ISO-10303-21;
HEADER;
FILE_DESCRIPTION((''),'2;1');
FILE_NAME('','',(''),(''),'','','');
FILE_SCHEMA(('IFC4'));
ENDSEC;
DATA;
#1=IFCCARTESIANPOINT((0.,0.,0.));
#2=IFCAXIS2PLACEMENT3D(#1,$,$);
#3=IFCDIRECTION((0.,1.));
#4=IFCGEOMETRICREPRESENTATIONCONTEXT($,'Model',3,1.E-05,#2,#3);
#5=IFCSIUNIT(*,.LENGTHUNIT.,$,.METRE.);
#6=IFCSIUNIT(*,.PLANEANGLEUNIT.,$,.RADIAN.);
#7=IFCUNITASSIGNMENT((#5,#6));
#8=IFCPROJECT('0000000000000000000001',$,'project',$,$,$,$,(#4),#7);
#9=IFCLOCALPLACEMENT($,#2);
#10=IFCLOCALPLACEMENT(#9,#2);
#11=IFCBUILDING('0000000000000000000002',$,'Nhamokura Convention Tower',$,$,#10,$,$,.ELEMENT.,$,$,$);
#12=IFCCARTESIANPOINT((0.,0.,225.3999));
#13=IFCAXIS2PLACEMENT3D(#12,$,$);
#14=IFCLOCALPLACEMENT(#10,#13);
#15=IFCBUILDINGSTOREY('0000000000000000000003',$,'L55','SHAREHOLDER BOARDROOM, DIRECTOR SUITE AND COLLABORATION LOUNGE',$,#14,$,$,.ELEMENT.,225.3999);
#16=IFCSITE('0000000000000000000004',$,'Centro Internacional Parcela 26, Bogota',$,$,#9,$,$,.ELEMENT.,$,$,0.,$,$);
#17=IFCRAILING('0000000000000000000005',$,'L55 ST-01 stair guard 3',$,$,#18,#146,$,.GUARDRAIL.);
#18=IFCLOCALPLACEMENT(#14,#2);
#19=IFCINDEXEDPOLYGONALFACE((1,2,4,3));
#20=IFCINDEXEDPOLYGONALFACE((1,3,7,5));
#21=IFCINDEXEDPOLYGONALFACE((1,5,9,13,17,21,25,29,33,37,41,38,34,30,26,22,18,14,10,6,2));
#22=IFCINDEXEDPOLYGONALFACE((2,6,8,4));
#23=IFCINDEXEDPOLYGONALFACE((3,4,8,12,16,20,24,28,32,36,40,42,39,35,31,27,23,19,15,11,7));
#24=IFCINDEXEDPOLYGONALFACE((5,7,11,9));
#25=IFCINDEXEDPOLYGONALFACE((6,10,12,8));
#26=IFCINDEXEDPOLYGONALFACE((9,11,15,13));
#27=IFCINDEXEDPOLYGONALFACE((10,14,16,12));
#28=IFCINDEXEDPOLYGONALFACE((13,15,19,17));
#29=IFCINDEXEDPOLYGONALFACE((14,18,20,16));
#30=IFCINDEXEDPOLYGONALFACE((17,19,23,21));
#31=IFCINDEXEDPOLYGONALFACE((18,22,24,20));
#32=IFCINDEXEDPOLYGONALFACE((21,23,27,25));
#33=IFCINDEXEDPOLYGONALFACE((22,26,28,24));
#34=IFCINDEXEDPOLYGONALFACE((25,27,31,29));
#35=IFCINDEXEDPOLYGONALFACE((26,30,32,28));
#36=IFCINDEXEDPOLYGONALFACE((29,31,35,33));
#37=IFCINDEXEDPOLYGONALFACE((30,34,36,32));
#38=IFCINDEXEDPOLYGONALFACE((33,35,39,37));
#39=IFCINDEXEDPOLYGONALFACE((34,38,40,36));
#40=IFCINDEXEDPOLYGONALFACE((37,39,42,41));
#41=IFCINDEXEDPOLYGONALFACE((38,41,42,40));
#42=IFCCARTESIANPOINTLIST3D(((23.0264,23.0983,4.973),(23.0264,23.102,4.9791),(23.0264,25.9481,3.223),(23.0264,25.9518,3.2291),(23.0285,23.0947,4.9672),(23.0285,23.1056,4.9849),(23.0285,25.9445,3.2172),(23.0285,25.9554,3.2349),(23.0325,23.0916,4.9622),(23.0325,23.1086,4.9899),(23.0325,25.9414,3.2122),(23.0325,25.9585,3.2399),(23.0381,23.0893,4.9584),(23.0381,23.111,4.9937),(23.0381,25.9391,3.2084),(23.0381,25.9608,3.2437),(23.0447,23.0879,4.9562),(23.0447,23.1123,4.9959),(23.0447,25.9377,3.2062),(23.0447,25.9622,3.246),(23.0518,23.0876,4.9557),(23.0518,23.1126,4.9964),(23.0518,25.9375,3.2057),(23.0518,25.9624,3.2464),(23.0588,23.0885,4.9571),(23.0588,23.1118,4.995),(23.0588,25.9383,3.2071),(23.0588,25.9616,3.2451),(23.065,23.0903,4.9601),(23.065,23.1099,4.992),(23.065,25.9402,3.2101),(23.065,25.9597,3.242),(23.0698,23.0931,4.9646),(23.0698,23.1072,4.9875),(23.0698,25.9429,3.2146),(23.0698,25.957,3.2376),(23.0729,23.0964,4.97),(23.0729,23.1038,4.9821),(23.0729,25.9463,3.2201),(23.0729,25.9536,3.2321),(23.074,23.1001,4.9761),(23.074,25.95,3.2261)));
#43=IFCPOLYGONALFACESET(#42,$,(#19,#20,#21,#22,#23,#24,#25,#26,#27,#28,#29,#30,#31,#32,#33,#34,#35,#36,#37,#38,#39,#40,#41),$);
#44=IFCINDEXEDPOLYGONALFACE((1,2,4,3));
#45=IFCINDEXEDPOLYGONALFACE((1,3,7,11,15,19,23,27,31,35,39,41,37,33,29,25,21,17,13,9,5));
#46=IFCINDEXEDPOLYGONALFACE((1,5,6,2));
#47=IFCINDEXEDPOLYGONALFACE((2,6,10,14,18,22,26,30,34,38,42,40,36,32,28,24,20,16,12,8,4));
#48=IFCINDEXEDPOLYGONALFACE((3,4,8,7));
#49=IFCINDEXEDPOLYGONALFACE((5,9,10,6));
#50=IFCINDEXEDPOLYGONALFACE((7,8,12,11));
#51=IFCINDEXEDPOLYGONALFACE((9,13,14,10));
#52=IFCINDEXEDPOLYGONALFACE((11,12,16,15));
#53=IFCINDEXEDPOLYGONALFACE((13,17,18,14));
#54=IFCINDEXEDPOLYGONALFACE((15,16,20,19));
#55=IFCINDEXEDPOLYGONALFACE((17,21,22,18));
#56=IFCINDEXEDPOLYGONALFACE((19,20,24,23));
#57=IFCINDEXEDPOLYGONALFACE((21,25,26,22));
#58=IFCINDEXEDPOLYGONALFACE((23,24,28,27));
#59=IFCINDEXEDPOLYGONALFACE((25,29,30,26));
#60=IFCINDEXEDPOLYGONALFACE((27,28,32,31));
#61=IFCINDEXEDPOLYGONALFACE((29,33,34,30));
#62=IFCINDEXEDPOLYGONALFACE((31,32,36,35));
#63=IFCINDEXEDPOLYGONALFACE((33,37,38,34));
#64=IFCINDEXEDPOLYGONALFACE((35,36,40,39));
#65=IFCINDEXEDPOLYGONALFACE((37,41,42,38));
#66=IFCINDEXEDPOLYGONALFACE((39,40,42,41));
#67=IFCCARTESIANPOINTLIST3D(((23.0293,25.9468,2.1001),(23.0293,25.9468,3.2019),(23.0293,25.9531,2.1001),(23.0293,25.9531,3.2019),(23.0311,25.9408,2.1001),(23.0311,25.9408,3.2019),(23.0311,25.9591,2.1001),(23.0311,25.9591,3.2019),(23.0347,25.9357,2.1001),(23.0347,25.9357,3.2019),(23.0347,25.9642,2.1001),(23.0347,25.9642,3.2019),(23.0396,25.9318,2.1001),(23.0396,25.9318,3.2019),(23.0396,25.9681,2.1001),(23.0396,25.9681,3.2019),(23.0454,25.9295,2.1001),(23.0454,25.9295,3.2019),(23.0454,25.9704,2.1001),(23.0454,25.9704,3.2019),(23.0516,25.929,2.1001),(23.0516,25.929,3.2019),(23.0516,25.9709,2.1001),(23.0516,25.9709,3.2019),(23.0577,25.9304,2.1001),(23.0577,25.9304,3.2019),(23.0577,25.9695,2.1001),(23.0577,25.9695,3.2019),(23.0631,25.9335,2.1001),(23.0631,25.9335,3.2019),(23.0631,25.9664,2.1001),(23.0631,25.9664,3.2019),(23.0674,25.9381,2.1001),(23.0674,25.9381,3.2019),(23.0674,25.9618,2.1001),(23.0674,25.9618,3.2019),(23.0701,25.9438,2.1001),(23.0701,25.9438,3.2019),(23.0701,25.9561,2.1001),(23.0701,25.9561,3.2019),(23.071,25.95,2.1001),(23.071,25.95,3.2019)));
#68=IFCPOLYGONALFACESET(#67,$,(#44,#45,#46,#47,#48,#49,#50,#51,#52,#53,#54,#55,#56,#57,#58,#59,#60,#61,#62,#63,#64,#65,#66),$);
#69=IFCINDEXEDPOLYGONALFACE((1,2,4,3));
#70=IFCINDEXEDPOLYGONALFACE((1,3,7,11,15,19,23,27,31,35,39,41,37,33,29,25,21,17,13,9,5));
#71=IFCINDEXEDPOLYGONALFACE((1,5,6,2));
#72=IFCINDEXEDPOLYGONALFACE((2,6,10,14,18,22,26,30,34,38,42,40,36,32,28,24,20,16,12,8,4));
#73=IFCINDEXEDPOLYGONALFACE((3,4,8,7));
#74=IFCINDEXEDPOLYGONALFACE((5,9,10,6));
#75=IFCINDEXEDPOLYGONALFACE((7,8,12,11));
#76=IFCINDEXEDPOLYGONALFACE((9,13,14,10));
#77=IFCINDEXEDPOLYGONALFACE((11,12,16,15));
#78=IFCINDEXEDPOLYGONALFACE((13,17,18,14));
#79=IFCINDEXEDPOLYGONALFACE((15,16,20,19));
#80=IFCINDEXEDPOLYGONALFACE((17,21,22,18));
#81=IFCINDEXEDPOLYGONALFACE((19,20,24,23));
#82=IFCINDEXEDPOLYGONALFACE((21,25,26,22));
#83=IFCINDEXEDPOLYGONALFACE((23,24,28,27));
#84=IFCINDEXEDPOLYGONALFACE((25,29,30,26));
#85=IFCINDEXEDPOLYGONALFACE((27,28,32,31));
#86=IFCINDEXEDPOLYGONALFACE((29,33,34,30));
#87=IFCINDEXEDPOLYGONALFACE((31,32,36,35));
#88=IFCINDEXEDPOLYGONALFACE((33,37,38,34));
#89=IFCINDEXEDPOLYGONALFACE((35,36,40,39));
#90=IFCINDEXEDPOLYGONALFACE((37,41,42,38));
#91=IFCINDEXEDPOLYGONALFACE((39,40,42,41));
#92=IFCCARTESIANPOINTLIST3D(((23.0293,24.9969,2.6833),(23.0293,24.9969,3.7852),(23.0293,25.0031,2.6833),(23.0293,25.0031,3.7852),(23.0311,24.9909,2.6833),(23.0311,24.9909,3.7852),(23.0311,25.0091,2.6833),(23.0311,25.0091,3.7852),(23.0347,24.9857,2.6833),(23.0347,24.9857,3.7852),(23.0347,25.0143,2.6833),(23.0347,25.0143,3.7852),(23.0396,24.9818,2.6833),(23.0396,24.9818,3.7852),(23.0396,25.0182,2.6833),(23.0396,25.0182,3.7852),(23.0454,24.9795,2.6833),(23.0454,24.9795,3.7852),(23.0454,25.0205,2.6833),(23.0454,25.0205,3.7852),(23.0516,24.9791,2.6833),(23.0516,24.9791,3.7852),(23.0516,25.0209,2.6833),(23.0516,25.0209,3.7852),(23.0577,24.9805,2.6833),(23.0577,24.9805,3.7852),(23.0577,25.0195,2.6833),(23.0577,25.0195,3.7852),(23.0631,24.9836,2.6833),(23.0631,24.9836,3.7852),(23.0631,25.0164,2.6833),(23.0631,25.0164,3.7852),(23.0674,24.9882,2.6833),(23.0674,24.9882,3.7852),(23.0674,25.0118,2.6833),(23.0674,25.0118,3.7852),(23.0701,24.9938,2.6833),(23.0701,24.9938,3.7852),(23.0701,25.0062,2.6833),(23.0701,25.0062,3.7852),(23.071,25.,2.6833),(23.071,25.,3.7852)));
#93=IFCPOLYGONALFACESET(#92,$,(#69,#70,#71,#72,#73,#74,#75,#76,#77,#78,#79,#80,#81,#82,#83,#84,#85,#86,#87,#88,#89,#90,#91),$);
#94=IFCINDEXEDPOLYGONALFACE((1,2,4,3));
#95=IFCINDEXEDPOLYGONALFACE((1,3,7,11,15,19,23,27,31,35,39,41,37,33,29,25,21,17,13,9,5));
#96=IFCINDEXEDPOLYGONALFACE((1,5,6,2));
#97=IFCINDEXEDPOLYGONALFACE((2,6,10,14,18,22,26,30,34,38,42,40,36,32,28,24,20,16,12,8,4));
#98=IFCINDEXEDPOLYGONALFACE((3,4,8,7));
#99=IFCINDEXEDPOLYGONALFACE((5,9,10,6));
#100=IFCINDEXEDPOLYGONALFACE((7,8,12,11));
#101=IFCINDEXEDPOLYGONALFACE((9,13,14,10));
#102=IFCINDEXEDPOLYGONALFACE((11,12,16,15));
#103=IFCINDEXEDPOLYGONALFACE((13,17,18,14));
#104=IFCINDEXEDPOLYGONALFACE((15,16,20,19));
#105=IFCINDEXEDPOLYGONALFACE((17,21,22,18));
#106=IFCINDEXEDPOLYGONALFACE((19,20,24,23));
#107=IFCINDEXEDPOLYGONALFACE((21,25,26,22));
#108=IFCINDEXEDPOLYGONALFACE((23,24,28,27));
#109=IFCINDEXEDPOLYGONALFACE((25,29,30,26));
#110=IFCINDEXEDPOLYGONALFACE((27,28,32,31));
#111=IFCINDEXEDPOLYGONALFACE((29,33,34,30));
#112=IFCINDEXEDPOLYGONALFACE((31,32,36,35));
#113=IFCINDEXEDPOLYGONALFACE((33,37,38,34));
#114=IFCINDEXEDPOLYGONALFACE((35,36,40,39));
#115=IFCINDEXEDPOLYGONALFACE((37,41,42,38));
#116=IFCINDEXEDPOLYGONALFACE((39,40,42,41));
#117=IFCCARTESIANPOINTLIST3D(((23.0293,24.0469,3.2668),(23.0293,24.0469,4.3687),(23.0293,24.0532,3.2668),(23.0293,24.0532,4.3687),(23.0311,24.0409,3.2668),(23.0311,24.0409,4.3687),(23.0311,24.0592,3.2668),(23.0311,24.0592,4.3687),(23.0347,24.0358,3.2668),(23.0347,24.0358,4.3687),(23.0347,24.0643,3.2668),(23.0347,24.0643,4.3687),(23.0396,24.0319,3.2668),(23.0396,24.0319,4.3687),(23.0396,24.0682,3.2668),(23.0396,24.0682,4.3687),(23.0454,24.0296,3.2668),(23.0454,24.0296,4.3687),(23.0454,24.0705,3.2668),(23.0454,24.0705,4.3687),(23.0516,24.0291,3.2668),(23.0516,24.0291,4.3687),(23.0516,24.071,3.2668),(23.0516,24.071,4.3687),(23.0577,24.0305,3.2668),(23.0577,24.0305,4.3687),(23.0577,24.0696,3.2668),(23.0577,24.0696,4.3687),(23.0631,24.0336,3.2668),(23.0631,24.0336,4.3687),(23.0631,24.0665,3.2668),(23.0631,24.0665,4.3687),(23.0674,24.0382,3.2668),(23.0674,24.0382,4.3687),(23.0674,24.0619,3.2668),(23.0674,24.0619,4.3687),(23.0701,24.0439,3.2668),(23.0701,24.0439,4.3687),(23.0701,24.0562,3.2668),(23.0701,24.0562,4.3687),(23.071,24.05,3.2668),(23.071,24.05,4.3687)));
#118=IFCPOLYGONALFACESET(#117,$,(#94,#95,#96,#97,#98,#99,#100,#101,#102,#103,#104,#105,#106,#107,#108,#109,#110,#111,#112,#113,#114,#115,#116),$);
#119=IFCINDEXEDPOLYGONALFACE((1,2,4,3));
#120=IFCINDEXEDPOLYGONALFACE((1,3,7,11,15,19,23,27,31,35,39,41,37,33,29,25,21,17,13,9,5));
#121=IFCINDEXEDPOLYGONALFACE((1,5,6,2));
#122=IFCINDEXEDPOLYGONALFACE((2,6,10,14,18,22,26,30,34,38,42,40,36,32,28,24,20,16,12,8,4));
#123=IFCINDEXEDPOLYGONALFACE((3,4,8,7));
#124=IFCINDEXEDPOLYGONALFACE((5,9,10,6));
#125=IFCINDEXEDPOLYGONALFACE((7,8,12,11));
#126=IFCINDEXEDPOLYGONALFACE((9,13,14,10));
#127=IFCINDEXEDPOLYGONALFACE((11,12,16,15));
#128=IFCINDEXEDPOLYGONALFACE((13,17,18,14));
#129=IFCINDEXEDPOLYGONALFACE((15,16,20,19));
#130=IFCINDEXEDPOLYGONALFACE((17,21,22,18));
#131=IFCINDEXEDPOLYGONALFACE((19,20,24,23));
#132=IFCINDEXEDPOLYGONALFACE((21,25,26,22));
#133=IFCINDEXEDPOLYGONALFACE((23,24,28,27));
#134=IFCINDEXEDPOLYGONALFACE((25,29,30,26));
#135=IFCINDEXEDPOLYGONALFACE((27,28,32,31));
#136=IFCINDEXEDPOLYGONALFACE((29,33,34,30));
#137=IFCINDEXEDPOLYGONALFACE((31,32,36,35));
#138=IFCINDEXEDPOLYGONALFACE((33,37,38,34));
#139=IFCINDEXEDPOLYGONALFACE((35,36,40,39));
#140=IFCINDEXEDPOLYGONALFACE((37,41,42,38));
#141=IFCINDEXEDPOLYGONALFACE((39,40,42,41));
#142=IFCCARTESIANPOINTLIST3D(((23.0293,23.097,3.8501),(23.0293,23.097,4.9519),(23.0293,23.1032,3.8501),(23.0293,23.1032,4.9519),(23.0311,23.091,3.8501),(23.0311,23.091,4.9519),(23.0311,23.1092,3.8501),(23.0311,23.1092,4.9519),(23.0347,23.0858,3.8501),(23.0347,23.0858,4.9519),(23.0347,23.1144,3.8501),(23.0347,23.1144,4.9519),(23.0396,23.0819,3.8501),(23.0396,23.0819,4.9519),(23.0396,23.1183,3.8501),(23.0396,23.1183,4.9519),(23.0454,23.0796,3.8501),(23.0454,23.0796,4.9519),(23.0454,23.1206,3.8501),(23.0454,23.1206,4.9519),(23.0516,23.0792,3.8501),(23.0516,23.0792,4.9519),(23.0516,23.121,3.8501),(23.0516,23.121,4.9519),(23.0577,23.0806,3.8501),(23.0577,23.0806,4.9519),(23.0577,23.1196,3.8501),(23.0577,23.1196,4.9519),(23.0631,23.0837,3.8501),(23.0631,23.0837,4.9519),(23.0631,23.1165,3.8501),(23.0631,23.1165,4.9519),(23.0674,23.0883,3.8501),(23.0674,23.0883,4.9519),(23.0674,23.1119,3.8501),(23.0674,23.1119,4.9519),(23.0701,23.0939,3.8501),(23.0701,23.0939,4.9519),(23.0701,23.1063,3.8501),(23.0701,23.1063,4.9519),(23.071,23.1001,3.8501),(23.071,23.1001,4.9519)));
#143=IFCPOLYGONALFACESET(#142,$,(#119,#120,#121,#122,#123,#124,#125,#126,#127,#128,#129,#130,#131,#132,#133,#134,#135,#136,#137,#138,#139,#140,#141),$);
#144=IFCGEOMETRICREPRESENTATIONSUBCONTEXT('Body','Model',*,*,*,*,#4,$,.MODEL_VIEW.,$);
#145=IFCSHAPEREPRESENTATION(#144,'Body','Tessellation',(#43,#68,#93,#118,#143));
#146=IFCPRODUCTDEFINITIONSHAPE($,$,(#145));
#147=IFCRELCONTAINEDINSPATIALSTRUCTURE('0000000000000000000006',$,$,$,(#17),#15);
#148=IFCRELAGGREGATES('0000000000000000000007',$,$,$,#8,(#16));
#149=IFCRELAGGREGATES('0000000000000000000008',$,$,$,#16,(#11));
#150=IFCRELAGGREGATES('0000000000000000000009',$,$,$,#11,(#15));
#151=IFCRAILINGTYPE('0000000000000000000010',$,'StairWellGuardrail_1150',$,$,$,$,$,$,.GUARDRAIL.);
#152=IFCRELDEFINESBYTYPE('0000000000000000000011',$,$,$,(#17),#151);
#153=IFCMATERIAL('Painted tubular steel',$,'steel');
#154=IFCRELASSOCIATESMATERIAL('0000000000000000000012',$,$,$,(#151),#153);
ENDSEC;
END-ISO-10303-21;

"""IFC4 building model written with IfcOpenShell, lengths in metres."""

from ifc_helpers import new_model, si_unit, direction, frame, origin, origin_2d, place, context, subcontext, project, spatial, circle, extrude, material, type_object, element, save


model = new_model("IFC4")

# Units and contexts
model_context = context("Model", 3, precision=1e-05, world=origin(), true_north=direction((0.0, 1.0)))
body_context = subcontext(model_context, "Body", "Model", "MODEL_VIEW")
ifc_project = project(units=[si_unit("LENGTHUNIT", "METRE"), si_unit("PLANEANGLEUNIT", "RADIAN")], contexts=[model_context])

# Site, building, storey
site_placement = place(None, origin())
site = spatial("IfcSite", under=ifc_project, at=site_placement, Name="Centro Internacional Parcela 26, Bogota", CompositionType="ELEMENT", RefElevation=0.0)
building_placement = place(site_placement, origin())
building = spatial("IfcBuilding", under=site, at=building_placement, Name="Nhamokura Convention Tower", CompositionType="ELEMENT")
storey_placement = place(building_placement, frame((0.0, 0.0, 225.3999)))
storey = spatial("IfcBuildingStorey", under=building, at=storey_placement, Name="L55", Description="SHAREHOLDER BOARDROOM, DIRECTOR SUITE AND COLLABORATION LOUNGE", CompositionType="ELEMENT", Elevation=225.3999)

# Railing
ifc_material_1 = material(Name="Painted tubular steel", Category="steel")
railing_type_1 = type_object("IfcRailingType", Name="StairWellGuardrail_1150", PredefinedType="GUARDRAIL", material=ifc_material_1)
railing_1_placement = place(storey_placement, frame((23.05, 25.95, 2.1001)))
element("IfcRailing", 1, at=railing_1_placement, inside=storey, type_object=railing_type_1, Name="L55 ST-01 stair guard 3", PredefinedType="GUARDRAIL", context=body_context, shape_type="SweptSolid", body=[
    extrude(circle(Radius=0.0239, at=origin_2d()), frame((0.0, 0.0, 1.126), z_axis=(0.0, -0.852159, 0.523283), x_axis=(1.0, 0.0, 0.0)), (0.0, 0.0, 1.0), 3.3442),
    extrude(circle(Radius=0.021, at=origin_2d()), origin(), (0.0, 0.0, 1.0), 1.1018),
    extrude(circle(Radius=0.021, at=origin_2d()), frame((0.0, -0.95, 0.5833)), (0.0, 0.0, 1.0), 1.1018),
    extrude(circle(Radius=0.021, at=origin_2d()), frame((0.0, -1.8999, 1.1667)), (0.0, 0.0, 1.0), 1.1018),
    extrude(circle(Radius=0.021, at=origin_2d()), frame((0.0, -2.8499, 1.75)), (0.0, 0.0, 1.0), 1.1018),
])

save(model, "model.ifc")
